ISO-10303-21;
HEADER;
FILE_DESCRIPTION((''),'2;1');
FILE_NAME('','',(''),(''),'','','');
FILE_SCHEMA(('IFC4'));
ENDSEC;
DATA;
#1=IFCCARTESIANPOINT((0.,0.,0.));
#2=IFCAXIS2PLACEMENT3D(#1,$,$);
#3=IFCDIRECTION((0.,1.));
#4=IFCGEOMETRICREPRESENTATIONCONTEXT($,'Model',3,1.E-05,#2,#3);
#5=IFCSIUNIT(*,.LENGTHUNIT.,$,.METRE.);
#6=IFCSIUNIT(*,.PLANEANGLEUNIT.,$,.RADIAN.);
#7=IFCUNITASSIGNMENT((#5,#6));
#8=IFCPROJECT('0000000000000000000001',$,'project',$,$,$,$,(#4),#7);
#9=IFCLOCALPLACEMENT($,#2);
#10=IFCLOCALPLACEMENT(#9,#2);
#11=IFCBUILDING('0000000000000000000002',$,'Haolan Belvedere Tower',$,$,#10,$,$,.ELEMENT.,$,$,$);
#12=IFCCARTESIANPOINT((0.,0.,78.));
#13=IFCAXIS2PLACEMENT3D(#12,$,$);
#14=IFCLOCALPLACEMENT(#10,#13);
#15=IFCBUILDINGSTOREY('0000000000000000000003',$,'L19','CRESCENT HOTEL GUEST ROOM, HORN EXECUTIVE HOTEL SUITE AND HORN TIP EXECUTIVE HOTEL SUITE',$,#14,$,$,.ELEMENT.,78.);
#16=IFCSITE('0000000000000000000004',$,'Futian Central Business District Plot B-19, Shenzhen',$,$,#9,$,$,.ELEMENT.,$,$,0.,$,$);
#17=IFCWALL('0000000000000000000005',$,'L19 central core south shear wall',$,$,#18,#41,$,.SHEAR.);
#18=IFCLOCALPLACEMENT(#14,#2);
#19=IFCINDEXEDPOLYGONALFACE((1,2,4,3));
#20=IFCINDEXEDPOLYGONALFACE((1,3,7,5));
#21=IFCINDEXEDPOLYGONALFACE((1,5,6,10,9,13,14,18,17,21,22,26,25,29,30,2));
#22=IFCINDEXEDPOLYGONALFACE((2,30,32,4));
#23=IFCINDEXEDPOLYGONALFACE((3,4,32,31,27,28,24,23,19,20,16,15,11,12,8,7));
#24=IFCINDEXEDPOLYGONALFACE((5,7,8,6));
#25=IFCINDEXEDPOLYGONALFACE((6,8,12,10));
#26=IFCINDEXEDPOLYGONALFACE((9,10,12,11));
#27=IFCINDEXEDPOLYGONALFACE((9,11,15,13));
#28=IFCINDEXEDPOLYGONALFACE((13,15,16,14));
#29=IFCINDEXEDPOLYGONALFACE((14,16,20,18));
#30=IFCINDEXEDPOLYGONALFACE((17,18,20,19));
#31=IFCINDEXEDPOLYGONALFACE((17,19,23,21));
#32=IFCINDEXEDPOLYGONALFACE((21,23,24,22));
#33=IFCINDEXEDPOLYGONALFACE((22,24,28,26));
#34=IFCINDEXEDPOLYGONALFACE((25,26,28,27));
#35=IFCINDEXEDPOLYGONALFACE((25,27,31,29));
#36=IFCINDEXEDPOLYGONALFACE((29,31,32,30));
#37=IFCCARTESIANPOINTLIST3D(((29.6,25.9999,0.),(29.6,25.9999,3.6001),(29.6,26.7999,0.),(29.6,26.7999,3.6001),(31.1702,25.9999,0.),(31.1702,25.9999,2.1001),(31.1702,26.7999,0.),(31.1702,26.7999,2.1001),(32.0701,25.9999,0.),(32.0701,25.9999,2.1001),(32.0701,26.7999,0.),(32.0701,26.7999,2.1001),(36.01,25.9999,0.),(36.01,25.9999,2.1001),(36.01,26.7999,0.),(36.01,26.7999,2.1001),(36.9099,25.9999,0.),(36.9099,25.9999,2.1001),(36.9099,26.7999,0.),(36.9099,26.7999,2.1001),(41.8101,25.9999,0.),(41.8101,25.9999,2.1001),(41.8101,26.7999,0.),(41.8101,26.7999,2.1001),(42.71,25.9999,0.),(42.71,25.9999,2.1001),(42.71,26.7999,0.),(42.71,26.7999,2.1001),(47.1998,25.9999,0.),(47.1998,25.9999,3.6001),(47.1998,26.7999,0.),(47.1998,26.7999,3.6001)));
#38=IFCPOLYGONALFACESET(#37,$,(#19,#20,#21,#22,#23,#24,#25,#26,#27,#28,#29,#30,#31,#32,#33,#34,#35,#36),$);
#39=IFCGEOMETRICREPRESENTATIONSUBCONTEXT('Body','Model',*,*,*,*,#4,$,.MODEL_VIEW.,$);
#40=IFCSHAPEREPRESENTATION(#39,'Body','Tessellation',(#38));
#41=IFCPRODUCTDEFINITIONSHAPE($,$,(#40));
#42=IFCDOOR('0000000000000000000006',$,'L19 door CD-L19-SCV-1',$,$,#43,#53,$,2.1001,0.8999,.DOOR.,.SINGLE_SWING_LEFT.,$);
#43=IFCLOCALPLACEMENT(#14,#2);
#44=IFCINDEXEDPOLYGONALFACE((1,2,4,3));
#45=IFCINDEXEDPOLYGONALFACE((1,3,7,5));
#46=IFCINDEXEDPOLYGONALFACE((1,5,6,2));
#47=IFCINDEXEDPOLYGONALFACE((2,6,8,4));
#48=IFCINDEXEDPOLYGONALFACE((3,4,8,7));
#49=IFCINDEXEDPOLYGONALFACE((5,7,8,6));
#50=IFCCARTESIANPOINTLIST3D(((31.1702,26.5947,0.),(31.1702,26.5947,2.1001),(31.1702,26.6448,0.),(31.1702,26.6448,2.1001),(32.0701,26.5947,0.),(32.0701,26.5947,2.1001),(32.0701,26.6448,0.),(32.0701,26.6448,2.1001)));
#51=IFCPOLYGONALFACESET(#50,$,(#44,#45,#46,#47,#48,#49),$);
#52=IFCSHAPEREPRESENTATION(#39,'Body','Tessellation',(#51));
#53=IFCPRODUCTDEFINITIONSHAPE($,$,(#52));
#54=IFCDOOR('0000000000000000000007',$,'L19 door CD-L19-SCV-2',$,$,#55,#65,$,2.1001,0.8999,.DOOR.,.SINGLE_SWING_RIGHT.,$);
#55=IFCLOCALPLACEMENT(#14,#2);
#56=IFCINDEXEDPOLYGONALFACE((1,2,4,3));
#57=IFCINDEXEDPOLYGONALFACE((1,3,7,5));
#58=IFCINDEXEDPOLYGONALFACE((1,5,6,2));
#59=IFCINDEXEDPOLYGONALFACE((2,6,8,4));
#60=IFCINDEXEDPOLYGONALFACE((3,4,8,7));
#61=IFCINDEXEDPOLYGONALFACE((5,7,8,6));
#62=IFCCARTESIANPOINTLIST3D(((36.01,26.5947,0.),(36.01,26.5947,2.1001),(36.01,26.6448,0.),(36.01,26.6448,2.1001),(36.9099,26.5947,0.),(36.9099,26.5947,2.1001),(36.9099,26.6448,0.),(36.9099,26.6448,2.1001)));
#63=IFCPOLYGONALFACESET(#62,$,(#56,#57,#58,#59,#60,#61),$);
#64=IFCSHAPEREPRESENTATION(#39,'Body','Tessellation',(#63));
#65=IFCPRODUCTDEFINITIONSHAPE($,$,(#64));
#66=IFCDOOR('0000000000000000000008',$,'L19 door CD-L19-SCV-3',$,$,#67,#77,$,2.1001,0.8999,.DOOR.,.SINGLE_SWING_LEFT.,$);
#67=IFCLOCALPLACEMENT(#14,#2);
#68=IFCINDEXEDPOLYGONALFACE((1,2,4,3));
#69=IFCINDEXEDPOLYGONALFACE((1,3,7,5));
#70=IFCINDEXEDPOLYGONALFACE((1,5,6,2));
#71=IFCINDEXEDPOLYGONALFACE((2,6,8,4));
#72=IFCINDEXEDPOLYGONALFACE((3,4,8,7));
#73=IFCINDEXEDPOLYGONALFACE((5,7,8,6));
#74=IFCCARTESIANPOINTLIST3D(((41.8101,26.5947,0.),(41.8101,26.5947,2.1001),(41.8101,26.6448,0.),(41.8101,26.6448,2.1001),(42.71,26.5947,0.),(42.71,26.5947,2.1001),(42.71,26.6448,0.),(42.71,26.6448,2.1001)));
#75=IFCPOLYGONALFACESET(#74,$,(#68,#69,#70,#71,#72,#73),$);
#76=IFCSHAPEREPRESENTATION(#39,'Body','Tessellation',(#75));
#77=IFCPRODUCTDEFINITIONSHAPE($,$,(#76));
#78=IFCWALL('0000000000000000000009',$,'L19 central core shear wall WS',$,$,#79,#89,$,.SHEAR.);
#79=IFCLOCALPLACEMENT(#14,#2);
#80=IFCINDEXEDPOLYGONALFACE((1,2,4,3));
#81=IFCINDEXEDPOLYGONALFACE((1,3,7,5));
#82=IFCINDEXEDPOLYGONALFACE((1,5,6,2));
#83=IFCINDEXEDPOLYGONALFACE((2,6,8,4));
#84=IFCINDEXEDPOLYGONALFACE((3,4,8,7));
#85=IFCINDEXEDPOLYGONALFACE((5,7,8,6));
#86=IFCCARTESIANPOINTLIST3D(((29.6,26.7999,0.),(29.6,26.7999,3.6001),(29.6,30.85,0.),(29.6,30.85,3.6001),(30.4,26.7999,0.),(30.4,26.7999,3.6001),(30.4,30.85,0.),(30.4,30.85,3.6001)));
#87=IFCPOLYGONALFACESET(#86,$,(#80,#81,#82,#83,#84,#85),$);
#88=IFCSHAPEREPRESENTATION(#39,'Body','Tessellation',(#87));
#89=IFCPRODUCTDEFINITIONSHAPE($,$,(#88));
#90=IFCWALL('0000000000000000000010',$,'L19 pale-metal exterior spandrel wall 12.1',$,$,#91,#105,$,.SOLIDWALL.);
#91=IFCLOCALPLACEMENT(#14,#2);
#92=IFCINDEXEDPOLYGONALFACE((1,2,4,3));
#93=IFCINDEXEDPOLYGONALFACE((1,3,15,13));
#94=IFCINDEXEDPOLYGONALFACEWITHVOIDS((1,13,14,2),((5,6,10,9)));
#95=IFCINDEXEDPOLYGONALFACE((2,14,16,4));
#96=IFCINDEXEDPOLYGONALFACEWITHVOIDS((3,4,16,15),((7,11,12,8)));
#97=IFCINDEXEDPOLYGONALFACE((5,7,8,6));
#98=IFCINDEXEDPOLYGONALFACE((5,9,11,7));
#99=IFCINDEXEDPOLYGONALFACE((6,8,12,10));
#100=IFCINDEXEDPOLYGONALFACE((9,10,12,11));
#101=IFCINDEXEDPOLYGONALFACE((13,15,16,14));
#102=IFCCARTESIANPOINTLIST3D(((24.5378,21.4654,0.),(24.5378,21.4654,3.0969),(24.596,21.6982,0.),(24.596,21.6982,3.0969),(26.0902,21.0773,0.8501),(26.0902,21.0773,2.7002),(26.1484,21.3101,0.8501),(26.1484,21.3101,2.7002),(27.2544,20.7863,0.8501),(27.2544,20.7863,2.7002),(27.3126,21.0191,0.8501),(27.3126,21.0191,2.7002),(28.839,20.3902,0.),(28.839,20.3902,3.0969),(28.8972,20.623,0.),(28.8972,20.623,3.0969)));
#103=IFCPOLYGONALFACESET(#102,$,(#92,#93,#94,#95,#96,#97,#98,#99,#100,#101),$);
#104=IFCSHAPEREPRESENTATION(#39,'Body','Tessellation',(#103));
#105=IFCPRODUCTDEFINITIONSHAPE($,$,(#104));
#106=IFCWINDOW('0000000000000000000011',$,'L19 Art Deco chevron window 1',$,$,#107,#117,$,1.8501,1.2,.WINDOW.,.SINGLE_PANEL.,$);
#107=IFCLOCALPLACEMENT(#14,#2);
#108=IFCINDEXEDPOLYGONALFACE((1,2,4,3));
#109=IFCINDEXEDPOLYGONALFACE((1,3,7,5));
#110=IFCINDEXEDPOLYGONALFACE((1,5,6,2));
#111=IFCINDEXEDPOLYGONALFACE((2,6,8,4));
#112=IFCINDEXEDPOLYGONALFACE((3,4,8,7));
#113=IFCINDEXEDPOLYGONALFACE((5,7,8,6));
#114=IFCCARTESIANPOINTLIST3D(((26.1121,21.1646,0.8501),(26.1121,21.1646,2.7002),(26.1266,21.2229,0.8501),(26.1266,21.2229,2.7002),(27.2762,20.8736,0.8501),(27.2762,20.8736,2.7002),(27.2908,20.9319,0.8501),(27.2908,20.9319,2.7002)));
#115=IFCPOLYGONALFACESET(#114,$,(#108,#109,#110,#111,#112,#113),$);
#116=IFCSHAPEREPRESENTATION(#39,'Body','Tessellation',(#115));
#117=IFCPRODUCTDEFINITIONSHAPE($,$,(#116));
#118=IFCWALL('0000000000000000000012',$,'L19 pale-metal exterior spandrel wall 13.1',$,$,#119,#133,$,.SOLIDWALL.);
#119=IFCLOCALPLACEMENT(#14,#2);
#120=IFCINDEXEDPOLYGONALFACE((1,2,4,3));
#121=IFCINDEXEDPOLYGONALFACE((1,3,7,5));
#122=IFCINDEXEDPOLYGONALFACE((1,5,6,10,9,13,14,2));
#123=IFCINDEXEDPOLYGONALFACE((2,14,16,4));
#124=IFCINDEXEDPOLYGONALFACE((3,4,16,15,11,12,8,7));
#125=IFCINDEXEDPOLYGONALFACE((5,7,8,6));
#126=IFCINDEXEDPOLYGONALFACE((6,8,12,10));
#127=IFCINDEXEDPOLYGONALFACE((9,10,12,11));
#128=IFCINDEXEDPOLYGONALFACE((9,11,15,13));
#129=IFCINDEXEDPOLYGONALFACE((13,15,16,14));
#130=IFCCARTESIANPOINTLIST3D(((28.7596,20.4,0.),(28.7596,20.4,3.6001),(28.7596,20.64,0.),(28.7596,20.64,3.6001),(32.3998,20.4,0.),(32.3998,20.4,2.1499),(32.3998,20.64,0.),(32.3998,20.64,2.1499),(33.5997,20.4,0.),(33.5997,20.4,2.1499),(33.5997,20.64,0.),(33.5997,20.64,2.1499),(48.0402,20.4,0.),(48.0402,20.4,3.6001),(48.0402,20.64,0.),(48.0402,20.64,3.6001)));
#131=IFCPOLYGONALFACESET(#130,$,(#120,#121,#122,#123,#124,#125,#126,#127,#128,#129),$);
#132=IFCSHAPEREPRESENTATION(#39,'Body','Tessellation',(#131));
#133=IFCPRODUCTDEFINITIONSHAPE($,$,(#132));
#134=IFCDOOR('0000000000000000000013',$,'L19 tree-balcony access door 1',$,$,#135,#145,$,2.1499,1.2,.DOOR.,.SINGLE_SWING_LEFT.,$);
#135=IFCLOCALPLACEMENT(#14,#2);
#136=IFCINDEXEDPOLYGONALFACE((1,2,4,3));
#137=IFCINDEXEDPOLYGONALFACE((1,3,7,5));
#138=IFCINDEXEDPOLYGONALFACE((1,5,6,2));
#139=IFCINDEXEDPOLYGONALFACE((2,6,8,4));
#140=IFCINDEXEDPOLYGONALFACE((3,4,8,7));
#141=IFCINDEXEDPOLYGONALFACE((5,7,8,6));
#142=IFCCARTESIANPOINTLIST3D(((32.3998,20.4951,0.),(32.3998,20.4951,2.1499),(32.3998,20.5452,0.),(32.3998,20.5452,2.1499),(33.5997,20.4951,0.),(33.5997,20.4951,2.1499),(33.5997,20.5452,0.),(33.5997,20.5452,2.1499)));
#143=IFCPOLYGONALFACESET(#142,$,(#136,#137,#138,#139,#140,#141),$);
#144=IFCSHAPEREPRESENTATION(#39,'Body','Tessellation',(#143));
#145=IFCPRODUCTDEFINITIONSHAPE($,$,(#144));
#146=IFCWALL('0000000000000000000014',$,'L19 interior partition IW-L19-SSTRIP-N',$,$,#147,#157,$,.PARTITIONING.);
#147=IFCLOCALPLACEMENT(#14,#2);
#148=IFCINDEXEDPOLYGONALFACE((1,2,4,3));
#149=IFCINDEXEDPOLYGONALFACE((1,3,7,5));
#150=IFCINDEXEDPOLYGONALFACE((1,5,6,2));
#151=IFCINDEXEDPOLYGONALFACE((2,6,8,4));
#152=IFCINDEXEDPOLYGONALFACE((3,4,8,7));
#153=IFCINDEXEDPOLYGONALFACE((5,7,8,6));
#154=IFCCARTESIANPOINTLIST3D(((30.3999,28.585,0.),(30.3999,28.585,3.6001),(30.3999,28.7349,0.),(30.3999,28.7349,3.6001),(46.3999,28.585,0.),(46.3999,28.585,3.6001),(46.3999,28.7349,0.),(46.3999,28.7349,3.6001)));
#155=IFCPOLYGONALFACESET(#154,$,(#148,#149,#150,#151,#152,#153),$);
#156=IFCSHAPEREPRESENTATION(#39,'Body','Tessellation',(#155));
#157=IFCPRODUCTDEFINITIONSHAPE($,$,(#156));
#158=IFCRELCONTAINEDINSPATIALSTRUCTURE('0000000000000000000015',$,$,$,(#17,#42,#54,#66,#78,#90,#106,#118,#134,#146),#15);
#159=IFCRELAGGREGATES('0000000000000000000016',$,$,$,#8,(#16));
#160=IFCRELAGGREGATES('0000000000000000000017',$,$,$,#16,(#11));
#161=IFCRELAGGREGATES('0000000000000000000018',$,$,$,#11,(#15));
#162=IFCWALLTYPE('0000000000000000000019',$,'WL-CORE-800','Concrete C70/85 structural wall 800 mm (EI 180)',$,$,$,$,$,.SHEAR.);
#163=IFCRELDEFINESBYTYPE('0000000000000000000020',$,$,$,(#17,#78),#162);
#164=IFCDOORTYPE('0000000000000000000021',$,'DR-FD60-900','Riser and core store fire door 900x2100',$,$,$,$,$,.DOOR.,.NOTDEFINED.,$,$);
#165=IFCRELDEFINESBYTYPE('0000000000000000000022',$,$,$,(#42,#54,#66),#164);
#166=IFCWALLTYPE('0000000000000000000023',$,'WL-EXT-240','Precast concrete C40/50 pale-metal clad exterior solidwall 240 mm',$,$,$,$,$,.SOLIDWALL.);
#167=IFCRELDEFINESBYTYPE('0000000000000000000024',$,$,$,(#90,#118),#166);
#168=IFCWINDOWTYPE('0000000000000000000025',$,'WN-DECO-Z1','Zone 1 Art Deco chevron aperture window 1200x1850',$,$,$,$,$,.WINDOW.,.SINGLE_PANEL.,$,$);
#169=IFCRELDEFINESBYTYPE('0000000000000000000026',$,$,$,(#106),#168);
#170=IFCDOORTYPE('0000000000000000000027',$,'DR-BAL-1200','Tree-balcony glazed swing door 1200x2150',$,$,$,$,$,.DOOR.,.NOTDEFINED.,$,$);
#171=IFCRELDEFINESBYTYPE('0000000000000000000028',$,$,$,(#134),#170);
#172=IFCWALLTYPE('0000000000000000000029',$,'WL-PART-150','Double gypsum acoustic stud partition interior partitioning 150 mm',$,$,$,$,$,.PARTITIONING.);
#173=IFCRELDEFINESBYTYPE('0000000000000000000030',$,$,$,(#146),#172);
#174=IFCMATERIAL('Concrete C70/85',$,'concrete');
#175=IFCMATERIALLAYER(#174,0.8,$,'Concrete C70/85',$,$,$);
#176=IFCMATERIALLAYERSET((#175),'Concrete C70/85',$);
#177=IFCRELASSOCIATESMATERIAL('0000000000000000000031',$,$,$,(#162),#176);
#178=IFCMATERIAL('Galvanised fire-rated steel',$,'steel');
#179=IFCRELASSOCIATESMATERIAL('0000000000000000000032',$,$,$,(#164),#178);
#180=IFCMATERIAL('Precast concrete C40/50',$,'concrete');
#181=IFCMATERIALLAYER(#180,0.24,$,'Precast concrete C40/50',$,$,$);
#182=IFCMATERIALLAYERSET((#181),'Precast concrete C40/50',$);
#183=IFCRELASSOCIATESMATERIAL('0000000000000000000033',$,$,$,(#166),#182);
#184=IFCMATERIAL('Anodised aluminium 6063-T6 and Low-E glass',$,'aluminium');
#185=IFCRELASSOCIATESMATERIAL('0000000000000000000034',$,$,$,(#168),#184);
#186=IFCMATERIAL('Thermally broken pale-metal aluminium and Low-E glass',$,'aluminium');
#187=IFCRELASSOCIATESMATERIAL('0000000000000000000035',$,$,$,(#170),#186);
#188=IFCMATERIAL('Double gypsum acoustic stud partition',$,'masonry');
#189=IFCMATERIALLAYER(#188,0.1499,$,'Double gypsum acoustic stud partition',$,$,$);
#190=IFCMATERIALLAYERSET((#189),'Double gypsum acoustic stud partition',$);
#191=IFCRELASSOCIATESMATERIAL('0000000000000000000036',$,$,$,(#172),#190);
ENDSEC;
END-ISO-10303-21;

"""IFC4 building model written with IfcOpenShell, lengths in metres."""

from ifc_helpers import new_model, si_unit, direction, frame, frame_2d, origin, place, context, subcontext, project, spatial, rectangle, extrude, material, layer, layer_set, type_object, element, fill, save


model = new_model("IFC4")

# Units and contexts
model_context = context("Model", 3, precision=1e-05, world=origin(), true_north=direction((0.0, 1.0)))
body_context = subcontext(model_context, "Body", "Model", "MODEL_VIEW")
ifc_project = project(units=[si_unit("LENGTHUNIT", "METRE"), si_unit("PLANEANGLEUNIT", "RADIAN")], contexts=[model_context])

# Site, building, storey
site_placement = place(None, origin())
site = spatial("IfcSite", under=ifc_project, at=site_placement, Name="Futian Central Business District Plot B-19, Shenzhen", CompositionType="ELEMENT", RefElevation=0.0)
building_placement = place(site_placement, origin())
building = spatial("IfcBuilding", under=site, at=building_placement, Name="Haolan Belvedere Tower", CompositionType="ELEMENT")
storey_placement = place(building_placement, frame((0.0, 0.0, 78.0)))
storey = spatial("IfcBuildingStorey", under=building, at=storey_placement, Name="L19", Description="CRESCENT HOTEL GUEST ROOM, HORN EXECUTIVE HOTEL SUITE AND HORN TIP EXECUTIVE HOTEL SUITE", CompositionType="ELEMENT", Elevation=78.0)

# Wall, openings, doors
ifc_material_1 = material(Name="Concrete C70/85", Category="concrete")
ifc_layer_1 = layer(ifc_material_1, 0.8, Name="Concrete C70/85")
ifc_layer_set_1 = layer_set([ifc_layer_1], Name="Concrete C70/85")
wall_type_1 = type_object("IfcWallType", Name="WL-CORE-800", Description="Concrete C70/85 structural wall 800 mm (EI 180)", PredefinedType="SHEAR", material=ifc_layer_set_1)
wall_1_placement = place(storey_placement, frame((29.6001, 26.3999, 0.0), z_axis=(0.0, 0.0, 1.0), x_axis=(1.0, 0.0, 0.0)))
wall_1 = element("IfcWall", 1, at=wall_1_placement, inside=storey, type_object=wall_type_1, Name="L19 central core south shear wall", PredefinedType="SHEAR", context=body_context, shape_type="SweptSolid", body=[
    extrude(rectangle(XDim=17.5999, YDim=0.8, at=frame_2d((8.7998, 0.0))), origin(), (0.0, 0.0, 1.0), 3.6001),
])
opening_1_placement = place(wall_1_placement, frame((2.47, 0.0, 0.0), z_axis=(0.0, 0.0, 1.0), x_axis=(-1.0, 0.0, 0.0)))
opening_1 = element("IfcOpeningElement", 2, at=opening_1_placement, cuts=wall_1, PredefinedType="OPENING", context=body_context, shape_type="SweptSolid", body=[
    extrude(rectangle(XDim=0.8999, YDim=2.1001, at=frame_2d((0.45, 1.05))), frame((0.0, 0.4099, 0.0), z_axis=(0.0, -1.0, 0.0), x_axis=(1.0, 0.0, 0.0)), (0.0, 0.0, 1.0), 0.8201),
])
opening_2_placement = place(wall_1_placement, frame((7.3098, 0.0, 0.0), z_axis=(0.0, 0.0, 1.0), x_axis=(-1.0, 0.0, 0.0)))
opening_2 = element("IfcOpeningElement", 3, at=opening_2_placement, cuts=wall_1, PredefinedType="OPENING", context=body_context, shape_type="SweptSolid", body=[
    extrude(rectangle(XDim=0.8999, YDim=2.1001, at=frame_2d((0.45, 1.05))), frame((0.0, 0.4099, 0.0), z_axis=(0.0, -1.0, 0.0), x_axis=(1.0, 0.0, 0.0)), (0.0, 0.0, 1.0), 0.8201),
])
opening_3_placement = place(wall_1_placement, frame((13.1099, 0.0, 0.0), z_axis=(0.0, 0.0, 1.0), x_axis=(-1.0, 0.0, 0.0)))
opening_3 = element("IfcOpeningElement", 4, at=opening_3_placement, cuts=wall_1, PredefinedType="OPENING", context=body_context, shape_type="SweptSolid", body=[
    extrude(rectangle(XDim=0.8999, YDim=2.1001, at=frame_2d((0.45, 1.05))), frame((0.0, 0.4099, 0.0), z_axis=(0.0, -1.0, 0.0), x_axis=(1.0, 0.0, 0.0)), (0.0, 0.0, 1.0), 0.8201),
])
ifc_material_2 = material(Name="Galvanised fire-rated steel", Category="steel")
door_type_1 = type_object("IfcDoorType", Name="DR-FD60-900", Description="Riser and core store fire door 900x2100", OperationType="NOTDEFINED", PredefinedType="DOOR", material=ifc_material_2)
door_1_placement = place(opening_1_placement, origin())
door_1 = element("IfcDoor", 5, at=door_1_placement, inside=storey, type_object=door_type_1, Name="L19 door CD-L19-SCV-1", OperationType="SINGLE_SWING_LEFT", OverallHeight=2.1001, OverallWidth=0.8999, PredefinedType="DOOR", context=body_context, shape_type="SweptSolid", body=[
    extrude(rectangle(XDim=0.8999, YDim=2.1001, at=frame_2d((0.45, 1.05))), frame((0.0, -0.1948, 0.0), z_axis=(0.0, -1.0, 0.0), x_axis=(1.0, 0.0, 0.0)), (0.0, 0.0, 1.0), 0.05),
])
fill(opening_1, door_1)
door_2_placement = place(opening_2_placement, origin())
door_2 = element("IfcDoor", 6, at=door_2_placement, inside=storey, type_object=door_type_1, Name="L19 door CD-L19-SCV-2", OperationType="SINGLE_SWING_RIGHT", OverallHeight=2.1001, OverallWidth=0.8999, PredefinedType="DOOR", context=body_context, shape_type="SweptSolid", body=[
    extrude(rectangle(XDim=0.8999, YDim=2.1001, at=frame_2d((0.45, 1.05))), frame((0.0, -0.1948, 0.0), z_axis=(0.0, -1.0, 0.0), x_axis=(1.0, 0.0, 0.0)), (0.0, 0.0, 1.0), 0.05),
])
fill(opening_2, door_2)
door_3_placement = place(opening_3_placement, origin())
door_3 = element("IfcDoor", 7, at=door_3_placement, inside=storey, type_object=door_type_1, Name="L19 door CD-L19-SCV-3", OperationType="SINGLE_SWING_LEFT", OverallHeight=2.1001, OverallWidth=0.8999, PredefinedType="DOOR", context=body_context, shape_type="SweptSolid", body=[
    extrude(rectangle(XDim=0.8999, YDim=2.1001, at=frame_2d((0.45, 1.05))), frame((0.0, -0.1948, 0.0), z_axis=(0.0, -1.0, 0.0), x_axis=(1.0, 0.0, 0.0)), (0.0, 0.0, 1.0), 0.05),
])
fill(opening_3, door_3)

# Wall
wall_2_placement = place(storey_placement, frame((30.0, 26.8, 0.0), z_axis=(0.0, 0.0, 1.0), x_axis=(0.0, 1.0, 0.0)))
element("IfcWall", 8, at=wall_2_placement, inside=storey, type_object=wall_type_1, Name="L19 central core shear wall WS", PredefinedType="SHEAR", context=body_context, shape_type="SweptSolid", body=[
    extrude(rectangle(XDim=4.05, YDim=0.8, at=frame_2d((2.0249, 0.0))), origin(), (0.0, 0.0, 1.0), 3.6001),
])

# Wall, opening, window
ifc_material_3 = material(Name="Precast concrete C40/50", Category="concrete")
ifc_layer_2 = layer(ifc_material_3, 0.24, Name="Precast concrete C40/50")
ifc_layer_set_2 = layer_set([ifc_layer_2], Name="Precast concrete C40/50")
wall_type_2 = type_object("IfcWallType", Name="WL-EXT-240", Description="Precast concrete C40/50 pale-metal clad exterior solidwall 240 mm", PredefinedType="SOLIDWALL", material=ifc_layer_set_2)
wall_3_placement = place(storey_placement, frame((24.5669, 21.5818, 0.0), z_axis=(0.0, 0.0, 1.0), x_axis=(0.970149, -0.24251, 0.0)))
wall_3 = element("IfcWall", 9, at=wall_3_placement, inside=storey, type_object=wall_type_2, Name="L19 pale-metal exterior spandrel wall 12.1", PredefinedType="SOLIDWALL", context=body_context, shape_type="SweptSolid", body=[
    extrude(rectangle(XDim=4.4336, YDim=0.24, at=frame_2d((2.2168, 0.0))), origin(), (0.0, 0.0, 1.0), 3.0969),
])
opening_4_placement = place(wall_3_placement, frame((1.6001, 0.0, 0.8501)))
opening_4 = element("IfcOpeningElement", 10, at=opening_4_placement, cuts=wall_3, PredefinedType="OPENING", context=body_context, shape_type="SweptSolid", body=[
    extrude(rectangle(XDim=1.2, YDim=1.8501, at=frame_2d((0.6001, 0.925))), frame((0.0, 0.1299, 0.0), z_axis=(0.0, -1.0, 0.0), x_axis=(1.0, 0.0, 0.0)), (0.0, 0.0, 1.0), 0.26),
])
ifc_material_4 = material(Name="Anodised aluminium 6063-T6 and Low-E glass", Category="aluminium")
window_type = type_object("IfcWindowType", Name="WN-DECO-Z1", Description="Zone 1 Art Deco chevron aperture window 1200x1850", PartitioningType="SINGLE_PANEL", PredefinedType="WINDOW", material=ifc_material_4)
window_placement = place(opening_4_placement, origin())
window = element("IfcWindow", 11, at=window_placement, inside=storey, type_object=window_type, Name="L19 Art Deco chevron window 1", OverallHeight=1.8501, OverallWidth=1.2, PartitioningType="SINGLE_PANEL", PredefinedType="WINDOW", context=body_context, shape_type="SweptSolid", body=[
    extrude(rectangle(XDim=1.2, YDim=1.8501, at=frame_2d((0.6001, 0.925))), frame((0.0, 0.03, 0.0), z_axis=(0.0, -1.0, 0.0), x_axis=(1.0, 0.0, 0.0)), (0.0, 0.0, 1.0), 0.0601),
])
fill(opening_4, window)

# Wall, opening, door
wall_4_placement = place(storey_placement, frame((28.7598, 20.52, 0.0), z_axis=(0.0, 0.0, 1.0), x_axis=(1.0, 0.0, 0.0)))
wall_4 = element("IfcWall", 12, at=wall_4_placement, inside=storey, type_object=wall_type_2, Name="L19 pale-metal exterior spandrel wall 13.1", PredefinedType="SOLIDWALL", context=body_context, shape_type="SweptSolid", body=[
    extrude(rectangle(XDim=19.2805, YDim=0.24, at=frame_2d((9.6401, 0.0))), origin(), (0.0, 0.0, 1.0), 3.6001),
])
opening_5_placement = place(wall_4_placement, frame((4.8401, 0.0, 0.0), z_axis=(0.0, 0.0, 1.0), x_axis=(-1.0, 0.0, 0.0)))
opening_5 = element("IfcOpeningElement", 13, at=opening_5_placement, cuts=wall_4, PredefinedType="OPENING", context=body_context, shape_type="SweptSolid", body=[
    extrude(rectangle(XDim=1.2, YDim=2.1499, at=frame_2d((0.6001, 1.075))), frame((0.0, 0.1299, 0.0), z_axis=(0.0, -1.0, 0.0), x_axis=(1.0, 0.0, 0.0)), (0.0, 0.0, 1.0), 0.26),
])
ifc_material_5 = material(Name="Thermally broken pale-metal aluminium and Low-E glass", Category="aluminium")
door_type_2 = type_object("IfcDoorType", Name="DR-BAL-1200", Description="Tree-balcony glazed swing door 1200x2150", OperationType="NOTDEFINED", PredefinedType="DOOR", material=ifc_material_5)
door_4_placement = place(opening_5_placement, origin())
door_4 = element("IfcDoor", 14, at=door_4_placement, inside=storey, type_object=door_type_2, Name="L19 tree-balcony access door 1", OperationType="SINGLE_SWING_LEFT", OverallHeight=2.1499, OverallWidth=1.2, PredefinedType="DOOR", context=body_context, shape_type="SweptSolid", body=[
    extrude(rectangle(XDim=1.2, YDim=2.1499, at=frame_2d((0.6001, 1.075))), frame((0.0, 0.0249, 0.0), z_axis=(0.0, -1.0, 0.0), x_axis=(1.0, 0.0, 0.0)), (0.0, 0.0, 1.0), 0.05),
])
fill(opening_5, door_4)

# Wall
ifc_material_6 = material(Name="Double gypsum acoustic stud partition", Category="masonry")
ifc_layer_3 = layer(ifc_material_6, 0.1499, Name="Double gypsum acoustic stud partition")
ifc_layer_set_3 = layer_set([ifc_layer_3], Name="Double gypsum acoustic stud partition")
wall_type_3 = type_object("IfcWallType", Name="WL-PART-150", Description="Double gypsum acoustic stud partition interior partitioning 150 mm", PredefinedType="PARTITIONING", material=ifc_layer_set_3)
wall_5_placement = place(storey_placement, frame((30.3999, 28.6599, 0.0), z_axis=(0.0, 0.0, 1.0), x_axis=(1.0, 0.0, 0.0)))
element("IfcWall", 15, at=wall_5_placement, inside=storey, type_object=wall_type_3, Name="L19 interior partition IW-L19-SSTRIP-N", PredefinedType="PARTITIONING", context=body_context, shape_type="SweptSolid", body=[
    extrude(rectangle(XDim=16.0, YDim=0.1499, at=frame_2d((8.0, 0.0))), origin(), (0.0, 0.0, 1.0), 3.6001),
])

save(model, "model.ifc")
